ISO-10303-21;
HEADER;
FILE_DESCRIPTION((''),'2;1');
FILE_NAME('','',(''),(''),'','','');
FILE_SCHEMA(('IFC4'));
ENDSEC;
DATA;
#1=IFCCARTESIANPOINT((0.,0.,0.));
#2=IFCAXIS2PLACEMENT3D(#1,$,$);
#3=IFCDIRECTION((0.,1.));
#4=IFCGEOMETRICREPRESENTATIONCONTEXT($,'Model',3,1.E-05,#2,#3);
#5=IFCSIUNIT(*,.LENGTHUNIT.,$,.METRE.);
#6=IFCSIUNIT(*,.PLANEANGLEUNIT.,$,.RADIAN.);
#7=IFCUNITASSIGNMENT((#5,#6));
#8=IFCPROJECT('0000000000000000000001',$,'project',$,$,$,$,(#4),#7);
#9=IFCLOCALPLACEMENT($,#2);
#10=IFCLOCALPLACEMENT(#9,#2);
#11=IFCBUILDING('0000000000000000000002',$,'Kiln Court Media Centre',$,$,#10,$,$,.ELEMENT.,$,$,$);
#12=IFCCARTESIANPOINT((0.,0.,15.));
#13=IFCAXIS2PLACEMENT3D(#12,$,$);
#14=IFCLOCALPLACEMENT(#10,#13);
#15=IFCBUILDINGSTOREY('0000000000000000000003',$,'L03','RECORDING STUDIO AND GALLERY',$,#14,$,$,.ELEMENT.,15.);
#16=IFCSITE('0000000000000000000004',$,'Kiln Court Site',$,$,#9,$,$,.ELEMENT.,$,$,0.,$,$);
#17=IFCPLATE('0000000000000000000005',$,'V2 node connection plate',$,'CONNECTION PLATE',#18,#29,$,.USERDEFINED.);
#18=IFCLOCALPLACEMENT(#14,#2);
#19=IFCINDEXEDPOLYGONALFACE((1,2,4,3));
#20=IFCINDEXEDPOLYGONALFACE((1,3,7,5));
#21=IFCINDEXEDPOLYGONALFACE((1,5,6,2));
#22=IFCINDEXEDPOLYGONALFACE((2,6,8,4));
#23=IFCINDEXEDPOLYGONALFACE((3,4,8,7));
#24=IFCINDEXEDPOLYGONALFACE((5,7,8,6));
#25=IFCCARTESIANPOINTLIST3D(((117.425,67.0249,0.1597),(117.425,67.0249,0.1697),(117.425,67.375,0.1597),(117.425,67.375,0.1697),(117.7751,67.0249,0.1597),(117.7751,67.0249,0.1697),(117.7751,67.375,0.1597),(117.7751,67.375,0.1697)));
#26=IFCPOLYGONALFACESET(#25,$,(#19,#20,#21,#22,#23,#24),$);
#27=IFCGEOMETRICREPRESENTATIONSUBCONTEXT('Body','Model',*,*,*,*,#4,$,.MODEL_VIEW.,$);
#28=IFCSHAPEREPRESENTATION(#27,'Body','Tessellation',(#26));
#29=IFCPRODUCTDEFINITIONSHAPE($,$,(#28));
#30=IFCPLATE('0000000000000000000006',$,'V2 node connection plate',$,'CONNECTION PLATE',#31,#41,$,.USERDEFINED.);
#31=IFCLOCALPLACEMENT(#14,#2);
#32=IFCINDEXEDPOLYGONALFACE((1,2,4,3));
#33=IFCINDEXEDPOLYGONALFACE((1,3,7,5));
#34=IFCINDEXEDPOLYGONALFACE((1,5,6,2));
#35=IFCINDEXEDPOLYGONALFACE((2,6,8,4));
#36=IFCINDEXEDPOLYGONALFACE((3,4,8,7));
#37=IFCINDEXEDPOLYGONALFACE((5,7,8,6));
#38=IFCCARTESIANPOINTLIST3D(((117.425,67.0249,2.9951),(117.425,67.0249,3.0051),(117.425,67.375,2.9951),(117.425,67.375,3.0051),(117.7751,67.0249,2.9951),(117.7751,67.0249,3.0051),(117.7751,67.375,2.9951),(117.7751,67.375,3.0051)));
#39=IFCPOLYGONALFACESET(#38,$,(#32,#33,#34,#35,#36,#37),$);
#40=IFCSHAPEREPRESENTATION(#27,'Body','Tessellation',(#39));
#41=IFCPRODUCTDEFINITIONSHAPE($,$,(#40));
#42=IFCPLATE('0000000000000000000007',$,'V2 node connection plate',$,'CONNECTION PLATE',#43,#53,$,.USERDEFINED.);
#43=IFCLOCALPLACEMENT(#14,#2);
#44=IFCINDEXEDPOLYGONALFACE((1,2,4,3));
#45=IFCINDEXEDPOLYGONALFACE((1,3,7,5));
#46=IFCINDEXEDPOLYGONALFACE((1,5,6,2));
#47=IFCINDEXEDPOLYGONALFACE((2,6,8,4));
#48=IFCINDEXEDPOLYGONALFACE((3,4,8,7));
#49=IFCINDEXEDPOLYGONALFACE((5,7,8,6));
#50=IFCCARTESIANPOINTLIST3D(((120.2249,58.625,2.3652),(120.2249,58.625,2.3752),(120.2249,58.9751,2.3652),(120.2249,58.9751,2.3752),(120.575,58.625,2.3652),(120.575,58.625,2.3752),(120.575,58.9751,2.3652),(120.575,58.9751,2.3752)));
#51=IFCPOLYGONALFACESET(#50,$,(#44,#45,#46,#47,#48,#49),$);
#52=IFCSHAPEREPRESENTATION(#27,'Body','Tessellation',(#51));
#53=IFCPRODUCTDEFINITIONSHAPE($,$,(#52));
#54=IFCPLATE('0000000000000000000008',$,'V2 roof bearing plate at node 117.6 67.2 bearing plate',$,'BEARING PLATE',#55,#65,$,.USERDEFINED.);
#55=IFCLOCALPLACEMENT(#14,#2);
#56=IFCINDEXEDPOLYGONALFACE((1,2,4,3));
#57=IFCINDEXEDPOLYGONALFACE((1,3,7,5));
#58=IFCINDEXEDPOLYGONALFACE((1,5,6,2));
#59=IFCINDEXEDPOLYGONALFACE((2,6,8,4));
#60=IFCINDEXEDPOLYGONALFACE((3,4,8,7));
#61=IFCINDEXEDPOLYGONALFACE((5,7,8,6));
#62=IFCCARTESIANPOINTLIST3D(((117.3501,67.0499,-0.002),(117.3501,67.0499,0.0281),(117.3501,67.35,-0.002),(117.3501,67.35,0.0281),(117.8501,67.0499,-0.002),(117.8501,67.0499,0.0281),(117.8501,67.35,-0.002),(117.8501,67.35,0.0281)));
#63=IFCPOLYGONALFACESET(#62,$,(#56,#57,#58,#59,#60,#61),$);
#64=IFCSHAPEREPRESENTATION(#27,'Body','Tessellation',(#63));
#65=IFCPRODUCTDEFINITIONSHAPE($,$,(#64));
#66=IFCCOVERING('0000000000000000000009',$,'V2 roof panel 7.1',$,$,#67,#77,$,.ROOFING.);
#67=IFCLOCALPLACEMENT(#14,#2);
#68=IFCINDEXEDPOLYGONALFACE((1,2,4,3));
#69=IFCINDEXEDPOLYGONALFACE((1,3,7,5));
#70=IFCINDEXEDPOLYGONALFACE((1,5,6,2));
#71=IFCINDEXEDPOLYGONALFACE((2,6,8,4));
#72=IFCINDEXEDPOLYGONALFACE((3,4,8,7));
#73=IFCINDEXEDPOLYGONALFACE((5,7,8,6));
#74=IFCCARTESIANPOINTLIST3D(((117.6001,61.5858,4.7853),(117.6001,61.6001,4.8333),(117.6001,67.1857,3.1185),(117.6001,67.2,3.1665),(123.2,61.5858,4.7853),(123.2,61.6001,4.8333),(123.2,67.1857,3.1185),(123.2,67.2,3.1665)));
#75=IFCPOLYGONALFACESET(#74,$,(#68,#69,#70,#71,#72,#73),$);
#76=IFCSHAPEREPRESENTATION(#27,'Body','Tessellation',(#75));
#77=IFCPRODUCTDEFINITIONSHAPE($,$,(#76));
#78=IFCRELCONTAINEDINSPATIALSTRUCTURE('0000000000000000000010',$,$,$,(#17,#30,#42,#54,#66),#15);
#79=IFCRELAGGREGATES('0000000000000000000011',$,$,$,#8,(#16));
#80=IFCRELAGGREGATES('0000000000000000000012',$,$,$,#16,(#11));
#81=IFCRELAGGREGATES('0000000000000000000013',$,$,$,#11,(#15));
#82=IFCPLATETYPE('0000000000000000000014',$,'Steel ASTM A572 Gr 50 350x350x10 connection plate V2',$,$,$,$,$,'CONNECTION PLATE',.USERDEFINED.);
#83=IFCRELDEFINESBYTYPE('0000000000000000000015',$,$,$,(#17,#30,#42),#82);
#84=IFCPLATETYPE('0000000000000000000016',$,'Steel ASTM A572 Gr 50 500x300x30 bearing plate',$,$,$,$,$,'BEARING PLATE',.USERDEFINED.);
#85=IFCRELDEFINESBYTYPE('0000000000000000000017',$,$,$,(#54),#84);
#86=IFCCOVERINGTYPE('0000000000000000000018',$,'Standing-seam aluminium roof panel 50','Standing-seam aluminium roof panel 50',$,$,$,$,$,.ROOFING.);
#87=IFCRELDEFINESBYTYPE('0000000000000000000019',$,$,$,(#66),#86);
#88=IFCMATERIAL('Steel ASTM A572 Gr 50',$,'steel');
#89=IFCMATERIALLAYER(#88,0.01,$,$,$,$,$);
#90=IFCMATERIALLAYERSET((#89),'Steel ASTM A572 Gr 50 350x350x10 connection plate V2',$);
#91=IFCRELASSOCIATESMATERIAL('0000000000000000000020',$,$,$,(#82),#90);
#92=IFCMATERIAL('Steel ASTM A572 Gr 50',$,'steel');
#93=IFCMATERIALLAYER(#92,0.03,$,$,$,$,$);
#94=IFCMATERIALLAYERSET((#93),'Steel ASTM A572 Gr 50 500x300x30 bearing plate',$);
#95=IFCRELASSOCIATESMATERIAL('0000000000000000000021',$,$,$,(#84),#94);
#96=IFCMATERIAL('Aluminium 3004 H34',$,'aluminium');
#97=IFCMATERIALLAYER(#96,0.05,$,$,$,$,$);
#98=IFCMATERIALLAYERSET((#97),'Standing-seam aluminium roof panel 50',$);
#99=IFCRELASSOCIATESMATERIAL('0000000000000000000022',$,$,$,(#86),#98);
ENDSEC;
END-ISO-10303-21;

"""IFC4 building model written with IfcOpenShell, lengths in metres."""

from ifc_helpers import new_model, si_unit, direction, frame, origin, origin_2d, place, context, subcontext, project, spatial, polyline, rectangle, outline, extrude, material, layer, layer_set, type_object, element, save


model = new_model("IFC4")

# Units and contexts
model_context = context("Model", 3, precision=1e-05, world=origin(), true_north=direction((0.0, 1.0)))
body_context = subcontext(model_context, "Body", "Model", "MODEL_VIEW")
ifc_project = project(units=[si_unit("LENGTHUNIT", "METRE"), si_unit("PLANEANGLEUNIT", "RADIAN")], contexts=[model_context])

# Site, building, storey
site_placement = place(None, origin())
site = spatial("IfcSite", under=ifc_project, at=site_placement, Name="Kiln Court Site", CompositionType="ELEMENT", RefElevation=0.0)
building_placement = place(site_placement, origin())
building = spatial("IfcBuilding", under=site, at=building_placement, Name="Kiln Court Media Centre", CompositionType="ELEMENT")
storey_placement = place(building_placement, frame((0.0, 0.0, 15.0)))
storey = spatial("IfcBuildingStorey", under=building, at=storey_placement, Name="L03", Description="RECORDING STUDIO AND GALLERY", CompositionType="ELEMENT", Elevation=15.0)

# Plates
ifc_material_1 = material(Name="Steel ASTM A572 Gr 50", Category="steel")
ifc_layer_1 = layer(ifc_material_1, 0.01)
ifc_layer_set_1 = layer_set([ifc_layer_1], Name="Steel ASTM A572 Gr 50 350x350x10 connection plate V2")
plate_type_1 = type_object("IfcPlateType", Name="Steel ASTM A572 Gr 50 350x350x10 connection plate V2", ElementType="CONNECTION PLATE", PredefinedType="USERDEFINED", material=ifc_layer_set_1)
for number, where, z_axis, x_axis, name in (
    (1, (117.6001, 67.2, 0.1597), (0.0, 0.0, 1.0), (1.0, 0.0, 0.0), "V2 node connection plate"),
    (2, (117.6001, 67.2, 2.9951), (0.0, 0.0, 1.0), (1.0, 0.0, 0.0), "V2 node connection plate"),
    (3, (120.3999, 58.8, 2.3652), (0.0, 0.0, 1.0), (1.0, 0.0, 0.0), "V2 node connection plate"),
):
    element("IfcPlate", number, at=place(storey_placement, frame(where, z_axis=z_axis, x_axis=x_axis)), inside=storey, type_object=plate_type_1, Name=name, ObjectType="CONNECTION PLATE", PredefinedType="USERDEFINED", context=body_context, shape_type="SweptSolid", body=[
        extrude(rectangle(XDim=0.3501, YDim=0.3501, at=origin_2d()), origin(), (0.0, 0.0, 1.0), 0.01),
    ])
ifc_material_2 = material(Name="Steel ASTM A572 Gr 50", Category="steel")
ifc_layer_2 = layer(ifc_material_2, 0.03)
ifc_layer_set_2 = layer_set([ifc_layer_2], Name="Steel ASTM A572 Gr 50 500x300x30 bearing plate")
plate_type_2 = type_object("IfcPlateType", Name="Steel ASTM A572 Gr 50 500x300x30 bearing plate", ElementType="BEARING PLATE", PredefinedType="USERDEFINED", material=ifc_layer_set_2)
plate_placement = place(storey_placement, frame((117.6001, 67.2, -0.002), z_axis=(0.0, 0.0, 1.0), x_axis=(1.0, 0.0, 0.0)))
element("IfcPlate", 4, at=plate_placement, inside=storey, type_object=plate_type_2, Name="V2 roof bearing plate at node 117.6 67.2 bearing plate", ObjectType="BEARING PLATE", PredefinedType="USERDEFINED", context=body_context, shape_type="SweptSolid", body=[
    extrude(rectangle(XDim=0.5, YDim=0.3, at=origin_2d()), origin(), (0.0, 0.0, 1.0), 0.03),
])

# Covering
ifc_material_3 = material(Name="Aluminium 3004 H34", Category="aluminium")
ifc_layer_3 = layer(ifc_material_3, 0.05)
ifc_layer_set_3 = layer_set([ifc_layer_3], Name="Standing-seam aluminium roof panel 50")
covering_type = type_object("IfcCoveringType", Name="Standing-seam aluminium roof panel 50", Description="Standing-seam aluminium roof panel 50", PredefinedType="ROOFING", material=ifc_layer_set_3)
covering_placement = place(storey_placement, frame((117.6001, 61.6001, 4.8333), z_axis=(0.0, 0.285273, 0.958446), x_axis=(0.0, 0.958446, -0.285273)))
element("IfcCovering", 5, at=covering_placement, inside=storey, type_object=covering_type, Name="V2 roof panel 7.1", PredefinedType="ROOFING", context=body_context, shape_type="SweptSolid", body=[
    extrude(outline(polyline([(0.0, 0.0), (5.8426, 0.0), (5.8426, -5.5999), (0.0, -5.5999), (0.0, 0.0)])), origin(), (0.0, 0.0, -1.0), 0.05),
])

save(model, "model.ifc")
